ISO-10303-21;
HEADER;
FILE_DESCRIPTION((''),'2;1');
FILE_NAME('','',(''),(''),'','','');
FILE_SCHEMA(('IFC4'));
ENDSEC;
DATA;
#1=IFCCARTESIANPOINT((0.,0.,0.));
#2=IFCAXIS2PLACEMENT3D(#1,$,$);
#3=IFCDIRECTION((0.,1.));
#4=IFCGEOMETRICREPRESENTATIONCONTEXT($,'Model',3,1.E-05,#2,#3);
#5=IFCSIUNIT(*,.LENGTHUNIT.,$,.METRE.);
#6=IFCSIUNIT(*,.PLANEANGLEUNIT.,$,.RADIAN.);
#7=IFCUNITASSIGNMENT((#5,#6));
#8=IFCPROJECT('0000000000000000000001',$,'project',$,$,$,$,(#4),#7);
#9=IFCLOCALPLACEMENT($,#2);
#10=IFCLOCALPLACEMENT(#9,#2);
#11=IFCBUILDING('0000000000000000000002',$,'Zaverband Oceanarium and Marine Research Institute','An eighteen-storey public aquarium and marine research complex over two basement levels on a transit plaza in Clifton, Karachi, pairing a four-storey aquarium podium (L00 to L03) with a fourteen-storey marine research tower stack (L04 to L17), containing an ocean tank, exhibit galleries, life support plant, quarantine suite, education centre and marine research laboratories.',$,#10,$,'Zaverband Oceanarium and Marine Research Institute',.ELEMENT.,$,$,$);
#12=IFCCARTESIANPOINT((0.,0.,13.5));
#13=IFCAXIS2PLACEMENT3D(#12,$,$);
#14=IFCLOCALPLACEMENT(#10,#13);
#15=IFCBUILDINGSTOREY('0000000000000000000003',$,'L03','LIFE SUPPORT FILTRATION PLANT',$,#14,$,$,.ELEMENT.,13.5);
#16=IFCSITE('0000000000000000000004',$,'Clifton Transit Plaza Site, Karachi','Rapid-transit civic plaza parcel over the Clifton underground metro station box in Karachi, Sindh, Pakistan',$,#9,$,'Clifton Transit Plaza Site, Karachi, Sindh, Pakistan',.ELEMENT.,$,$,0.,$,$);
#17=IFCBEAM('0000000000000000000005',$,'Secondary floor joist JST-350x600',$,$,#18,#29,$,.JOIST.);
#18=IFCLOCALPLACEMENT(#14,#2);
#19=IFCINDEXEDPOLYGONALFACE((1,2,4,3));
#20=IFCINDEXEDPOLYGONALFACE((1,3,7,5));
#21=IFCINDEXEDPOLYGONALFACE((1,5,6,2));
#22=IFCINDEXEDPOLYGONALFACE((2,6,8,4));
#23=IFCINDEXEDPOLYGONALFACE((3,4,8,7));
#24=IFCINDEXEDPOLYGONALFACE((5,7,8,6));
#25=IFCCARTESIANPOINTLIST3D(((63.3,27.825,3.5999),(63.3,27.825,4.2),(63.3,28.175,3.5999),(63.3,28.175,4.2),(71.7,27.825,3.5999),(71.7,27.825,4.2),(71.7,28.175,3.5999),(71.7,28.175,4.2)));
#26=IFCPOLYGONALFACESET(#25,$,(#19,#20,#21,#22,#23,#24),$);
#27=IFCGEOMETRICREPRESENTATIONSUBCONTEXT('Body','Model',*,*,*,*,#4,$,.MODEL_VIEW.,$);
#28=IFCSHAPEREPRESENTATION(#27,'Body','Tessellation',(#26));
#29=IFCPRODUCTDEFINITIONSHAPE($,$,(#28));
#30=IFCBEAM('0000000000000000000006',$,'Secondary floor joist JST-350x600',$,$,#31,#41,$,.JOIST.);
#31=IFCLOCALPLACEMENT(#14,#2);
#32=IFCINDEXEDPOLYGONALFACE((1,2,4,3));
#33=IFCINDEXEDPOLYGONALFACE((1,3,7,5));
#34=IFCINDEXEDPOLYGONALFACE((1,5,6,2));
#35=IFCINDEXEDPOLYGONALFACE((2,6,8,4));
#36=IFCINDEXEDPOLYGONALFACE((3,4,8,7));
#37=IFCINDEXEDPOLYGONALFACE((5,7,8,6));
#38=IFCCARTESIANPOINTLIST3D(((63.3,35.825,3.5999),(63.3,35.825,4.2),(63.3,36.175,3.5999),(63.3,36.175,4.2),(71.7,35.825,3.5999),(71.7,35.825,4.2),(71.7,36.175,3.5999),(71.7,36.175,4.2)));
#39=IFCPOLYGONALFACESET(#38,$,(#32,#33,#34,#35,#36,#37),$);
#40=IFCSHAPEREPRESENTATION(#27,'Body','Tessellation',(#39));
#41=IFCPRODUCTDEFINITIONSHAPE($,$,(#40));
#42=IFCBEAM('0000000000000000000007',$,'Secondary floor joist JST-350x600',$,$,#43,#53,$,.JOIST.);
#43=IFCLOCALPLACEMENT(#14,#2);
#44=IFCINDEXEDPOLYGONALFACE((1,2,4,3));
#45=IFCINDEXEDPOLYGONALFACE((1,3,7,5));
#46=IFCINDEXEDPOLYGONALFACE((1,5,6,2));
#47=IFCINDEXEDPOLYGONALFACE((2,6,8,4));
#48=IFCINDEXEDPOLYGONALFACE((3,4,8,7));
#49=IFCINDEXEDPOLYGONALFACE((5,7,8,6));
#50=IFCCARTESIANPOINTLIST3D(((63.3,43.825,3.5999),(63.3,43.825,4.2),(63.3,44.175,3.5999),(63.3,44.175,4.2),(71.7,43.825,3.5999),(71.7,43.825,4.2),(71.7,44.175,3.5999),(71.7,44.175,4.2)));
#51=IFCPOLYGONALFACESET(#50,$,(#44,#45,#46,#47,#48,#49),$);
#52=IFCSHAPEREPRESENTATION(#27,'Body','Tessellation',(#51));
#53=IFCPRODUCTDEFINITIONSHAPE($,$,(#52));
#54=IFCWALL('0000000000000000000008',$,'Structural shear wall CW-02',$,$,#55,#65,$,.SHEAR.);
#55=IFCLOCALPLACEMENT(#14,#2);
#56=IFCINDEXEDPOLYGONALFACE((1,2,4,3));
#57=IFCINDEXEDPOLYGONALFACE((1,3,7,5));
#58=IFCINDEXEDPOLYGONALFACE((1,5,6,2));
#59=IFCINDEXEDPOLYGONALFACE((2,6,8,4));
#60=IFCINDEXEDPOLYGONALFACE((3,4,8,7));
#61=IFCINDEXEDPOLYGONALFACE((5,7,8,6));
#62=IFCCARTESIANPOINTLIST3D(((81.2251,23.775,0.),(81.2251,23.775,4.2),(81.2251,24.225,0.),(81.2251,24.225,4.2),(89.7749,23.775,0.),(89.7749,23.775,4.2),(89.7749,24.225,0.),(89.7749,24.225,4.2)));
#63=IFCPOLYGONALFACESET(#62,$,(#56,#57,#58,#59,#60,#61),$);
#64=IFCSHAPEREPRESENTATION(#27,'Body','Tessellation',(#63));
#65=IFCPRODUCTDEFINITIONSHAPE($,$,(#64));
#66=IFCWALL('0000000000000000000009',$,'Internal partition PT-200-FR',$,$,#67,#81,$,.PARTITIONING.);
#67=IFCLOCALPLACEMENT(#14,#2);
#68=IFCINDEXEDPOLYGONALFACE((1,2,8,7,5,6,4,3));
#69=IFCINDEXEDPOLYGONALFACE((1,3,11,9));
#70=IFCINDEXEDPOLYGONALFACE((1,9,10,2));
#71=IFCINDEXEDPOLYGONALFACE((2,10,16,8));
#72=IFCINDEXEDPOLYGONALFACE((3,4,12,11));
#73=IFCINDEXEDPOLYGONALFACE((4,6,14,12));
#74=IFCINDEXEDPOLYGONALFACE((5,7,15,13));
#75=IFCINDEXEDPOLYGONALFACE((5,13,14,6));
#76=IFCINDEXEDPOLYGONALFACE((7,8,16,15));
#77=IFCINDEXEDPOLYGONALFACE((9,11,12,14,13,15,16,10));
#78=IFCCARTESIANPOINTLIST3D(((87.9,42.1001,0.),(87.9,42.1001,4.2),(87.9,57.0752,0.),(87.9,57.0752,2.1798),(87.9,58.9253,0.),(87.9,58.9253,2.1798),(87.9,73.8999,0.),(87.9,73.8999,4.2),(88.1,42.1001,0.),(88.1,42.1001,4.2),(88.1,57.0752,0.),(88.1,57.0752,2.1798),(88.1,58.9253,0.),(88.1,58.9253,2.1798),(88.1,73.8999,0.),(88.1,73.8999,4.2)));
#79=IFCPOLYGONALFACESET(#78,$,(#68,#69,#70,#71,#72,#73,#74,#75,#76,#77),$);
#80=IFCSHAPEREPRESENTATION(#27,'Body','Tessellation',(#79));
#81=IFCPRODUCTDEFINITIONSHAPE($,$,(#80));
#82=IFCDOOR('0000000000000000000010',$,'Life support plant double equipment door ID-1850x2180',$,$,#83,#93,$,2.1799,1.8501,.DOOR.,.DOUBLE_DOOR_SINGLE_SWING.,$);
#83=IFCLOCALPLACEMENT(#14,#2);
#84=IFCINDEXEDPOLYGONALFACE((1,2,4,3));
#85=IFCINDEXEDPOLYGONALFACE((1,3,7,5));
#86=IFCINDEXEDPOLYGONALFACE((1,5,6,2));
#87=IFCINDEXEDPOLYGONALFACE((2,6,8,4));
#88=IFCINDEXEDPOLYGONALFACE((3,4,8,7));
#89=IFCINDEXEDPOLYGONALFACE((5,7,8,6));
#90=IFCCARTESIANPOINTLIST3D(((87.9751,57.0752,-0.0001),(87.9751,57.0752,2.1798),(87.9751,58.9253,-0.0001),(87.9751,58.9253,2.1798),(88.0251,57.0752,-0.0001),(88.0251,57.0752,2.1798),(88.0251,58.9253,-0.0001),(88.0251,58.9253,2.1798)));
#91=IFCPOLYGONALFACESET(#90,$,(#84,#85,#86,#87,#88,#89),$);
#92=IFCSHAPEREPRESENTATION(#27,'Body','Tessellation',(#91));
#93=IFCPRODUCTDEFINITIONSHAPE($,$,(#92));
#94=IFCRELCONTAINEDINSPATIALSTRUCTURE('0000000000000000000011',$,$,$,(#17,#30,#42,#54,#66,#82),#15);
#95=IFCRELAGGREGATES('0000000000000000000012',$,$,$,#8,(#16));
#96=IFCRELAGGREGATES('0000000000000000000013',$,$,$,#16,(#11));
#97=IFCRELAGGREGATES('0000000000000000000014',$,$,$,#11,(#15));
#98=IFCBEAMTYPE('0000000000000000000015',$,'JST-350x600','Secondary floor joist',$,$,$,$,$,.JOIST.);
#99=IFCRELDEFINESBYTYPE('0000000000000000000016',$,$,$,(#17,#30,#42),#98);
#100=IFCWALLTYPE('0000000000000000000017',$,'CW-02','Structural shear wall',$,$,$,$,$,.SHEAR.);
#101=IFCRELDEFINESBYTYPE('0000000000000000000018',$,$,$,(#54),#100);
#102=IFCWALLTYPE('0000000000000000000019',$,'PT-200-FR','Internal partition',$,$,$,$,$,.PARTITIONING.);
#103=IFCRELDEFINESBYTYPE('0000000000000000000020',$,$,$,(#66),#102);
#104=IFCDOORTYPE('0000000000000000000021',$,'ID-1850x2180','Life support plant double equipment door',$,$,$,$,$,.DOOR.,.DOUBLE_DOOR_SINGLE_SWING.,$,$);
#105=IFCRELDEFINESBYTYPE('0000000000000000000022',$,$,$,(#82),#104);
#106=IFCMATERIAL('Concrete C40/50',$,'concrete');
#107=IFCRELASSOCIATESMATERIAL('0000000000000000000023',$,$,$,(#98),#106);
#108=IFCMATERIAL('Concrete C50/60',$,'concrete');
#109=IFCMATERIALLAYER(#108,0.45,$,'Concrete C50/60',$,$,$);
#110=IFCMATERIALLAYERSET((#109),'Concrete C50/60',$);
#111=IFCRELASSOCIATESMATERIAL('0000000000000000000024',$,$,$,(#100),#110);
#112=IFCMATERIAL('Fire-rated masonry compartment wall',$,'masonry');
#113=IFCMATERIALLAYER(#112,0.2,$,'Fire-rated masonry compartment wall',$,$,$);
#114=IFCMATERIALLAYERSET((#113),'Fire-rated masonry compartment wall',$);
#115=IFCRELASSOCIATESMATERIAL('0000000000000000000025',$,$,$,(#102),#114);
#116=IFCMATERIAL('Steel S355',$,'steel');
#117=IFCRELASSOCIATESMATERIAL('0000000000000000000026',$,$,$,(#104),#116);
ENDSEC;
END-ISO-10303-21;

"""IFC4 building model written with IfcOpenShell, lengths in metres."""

from ifc_helpers import new_model, si_unit, direction, frame, frame_2d, origin, origin_2d, place, context, subcontext, project, spatial, rectangle, extrude, material, layer, layer_set, material_profile, profile_set, type_object, element, fill, save


model = new_model("IFC4")

# Units and contexts
model_context = context("Model", 3, precision=1e-05, world=origin(), true_north=direction((0.0, 1.0)))
body_context = subcontext(model_context, "Body", "Model", "MODEL_VIEW")
ifc_project = project(units=[si_unit("LENGTHUNIT", "METRE"), si_unit("PLANEANGLEUNIT", "RADIAN")], contexts=[model_context])

# Site, building, storey
site_placement = place(None, origin())
site = spatial("IfcSite", under=ifc_project, at=site_placement, Name="Clifton Transit Plaza Site, Karachi", Description="Rapid-transit civic plaza parcel over the Clifton underground metro station box in Karachi, Sindh, Pakistan", LongName="Clifton Transit Plaza Site, Karachi, Sindh, Pakistan", CompositionType="ELEMENT", RefElevation=0.0)
building_placement = place(site_placement, origin())
building = spatial("IfcBuilding", under=site, at=building_placement, Name="Zaverband Oceanarium and Marine Research Institute", Description="An eighteen-storey public aquarium and marine research complex over two basement levels on a transit plaza in Clifton, Karachi, pairing a four-storey aquarium podium (L00 to L03) with a fourteen-storey marine research tower stack (L04 to L17), containing an ocean tank, exhibit galleries, life support plant, quarantine suite, education centre and marine research laboratories.", LongName="Zaverband Oceanarium and Marine Research Institute", CompositionType="ELEMENT")
storey_placement = place(building_placement, frame((0.0, 0.0, 13.5)))
storey = spatial("IfcBuildingStorey", under=building, at=storey_placement, Name="L03", Description="LIFE SUPPORT FILTRATION PLANT", CompositionType="ELEMENT", Elevation=13.5)

# Shared definitions
ifc_material_1 = material(Name="Concrete C50/60", Category="concrete")

# Beams
ifc_material_2 = material(Name="Concrete C40/50", Category="concrete")
ifc_material_profile_1 = material_profile(ifc_material_2, rectangle(XDim=0.3501, YDim=0.6001, at=origin_2d()), Name="RC350x600")
ifc_profile_set_1 = profile_set([ifc_material_profile_1], Name="Concrete C40/50")
beam_type_1 = type_object("IfcBeamType", Name="JST-350x600", Description="Secondary floor joist", PredefinedType="JOIST", material=ifc_profile_set_1)
for number, where, z_axis, x_axis, name in (
    (1, (63.3, 28.0, 3.8999), (1.0, 0.0, 0.0), (0.0, 1.0, 0.0), "Secondary floor joist JST-350x600"),
    (2, (63.3, 36.0, 3.8999), (1.0, 0.0, 0.0), (0.0, 1.0, 0.0), "Secondary floor joist JST-350x600"),
    (3, (63.3, 44.0, 3.8999), (1.0, 0.0, 0.0), (0.0, 1.0, 0.0), "Secondary floor joist JST-350x600"),
):
    element("IfcBeam", number, at=place(storey_placement, frame(where, z_axis=z_axis, x_axis=x_axis)), inside=storey, type_object=beam_type_1, Name=name, PredefinedType="JOIST", context=body_context, shape_type="SweptSolid", body=[
        extrude(rectangle(XDim=0.3501, YDim=0.6001, at=origin_2d()), origin(), (0.0, 0.0, 1.0), 8.3999),
    ])

# Wall
ifc_layer_1 = layer(ifc_material_1, 0.45, Name="Concrete C50/60")
ifc_layer_set_1 = layer_set([ifc_layer_1], Name="Concrete C50/60")
wall_type_1 = type_object("IfcWallType", Name="CW-02", Description="Structural shear wall", PredefinedType="SHEAR", material=ifc_layer_set_1)
wall_1_placement = place(storey_placement, frame((81.2251, 24.0, 0.0), z_axis=(0.0, 0.0, 1.0), x_axis=(1.0, 0.0, 0.0)))
element("IfcWall", 4, at=wall_1_placement, inside=storey, type_object=wall_type_1, Name="Structural shear wall CW-02", PredefinedType="SHEAR", context=body_context, shape_type="SweptSolid", body=[
    extrude(rectangle(XDim=8.5498, YDim=0.45, at=frame_2d((4.2749, 0.0))), origin(), (0.0, 0.0, 1.0), 4.2),
])

# Wall, opening, door
ifc_material_3 = material(Name="Fire-rated masonry compartment wall", Category="masonry")
ifc_layer_2 = layer(ifc_material_3, 0.2, Name="Fire-rated masonry compartment wall")
ifc_layer_set_2 = layer_set([ifc_layer_2], Name="Fire-rated masonry compartment wall")
wall_type_2 = type_object("IfcWallType", Name="PT-200-FR", Description="Internal partition", PredefinedType="PARTITIONING", material=ifc_layer_set_2)
wall_2_placement = place(storey_placement, frame((88.0, 42.1001, 0.0), z_axis=(0.0, 0.0, 1.0), x_axis=(0.0, 1.0, 0.0)))
wall_2 = element("IfcWall", 5, at=wall_2_placement, inside=storey, type_object=wall_type_2, Name="Internal partition PT-200-FR", PredefinedType="PARTITIONING", context=body_context, shape_type="SweptSolid", body=[
    extrude(rectangle(XDim=31.7998, YDim=0.2, at=frame_2d((15.8999, 0.0))), origin(), (0.0, 0.0, 1.0), 4.2),
])
opening_placement = place(wall_2_placement, frame((14.9751, 0.0, 0.0)))
opening = element("IfcOpeningElement", 6, at=opening_placement, cuts=wall_2, PredefinedType="OPENING", context=body_context, shape_type="SweptSolid", body=[
    extrude(rectangle(XDim=1.8501, YDim=2.1799, at=frame_2d((0.925, 1.0898))), frame((0.0, 0.1118, 0.0), z_axis=(0.0, -1.0, 0.0), x_axis=(1.0, 0.0, 0.0)), (0.0, 0.0, 1.0), 0.2239),
])
ifc_material_4 = material(Name="Steel S355", Category="steel")
door_type = type_object("IfcDoorType", Name="ID-1850x2180", Description="Life support plant double equipment door", OperationType="DOUBLE_DOOR_SINGLE_SWING", PredefinedType="DOOR", material=ifc_material_4)
door_placement = place(opening_placement, origin())
door = element("IfcDoor", 7, at=door_placement, inside=storey, type_object=door_type, Name="Life support plant double equipment door ID-1850x2180", OperationType="DOUBLE_DOOR_SINGLE_SWING", OverallHeight=2.1799, OverallWidth=1.8501, PredefinedType="DOOR", context=body_context, shape_type="SweptSolid", body=[
    extrude(rectangle(XDim=1.8501, YDim=2.1799, at=frame_2d((0.925, 1.0898))), frame((0.0, 0.0249, 0.0), z_axis=(0.0, -1.0, 0.0), x_axis=(1.0, 0.0, 0.0)), (0.0, 0.0, 1.0), 0.05),
])
fill(opening, door)

save(model, "model.ifc")
